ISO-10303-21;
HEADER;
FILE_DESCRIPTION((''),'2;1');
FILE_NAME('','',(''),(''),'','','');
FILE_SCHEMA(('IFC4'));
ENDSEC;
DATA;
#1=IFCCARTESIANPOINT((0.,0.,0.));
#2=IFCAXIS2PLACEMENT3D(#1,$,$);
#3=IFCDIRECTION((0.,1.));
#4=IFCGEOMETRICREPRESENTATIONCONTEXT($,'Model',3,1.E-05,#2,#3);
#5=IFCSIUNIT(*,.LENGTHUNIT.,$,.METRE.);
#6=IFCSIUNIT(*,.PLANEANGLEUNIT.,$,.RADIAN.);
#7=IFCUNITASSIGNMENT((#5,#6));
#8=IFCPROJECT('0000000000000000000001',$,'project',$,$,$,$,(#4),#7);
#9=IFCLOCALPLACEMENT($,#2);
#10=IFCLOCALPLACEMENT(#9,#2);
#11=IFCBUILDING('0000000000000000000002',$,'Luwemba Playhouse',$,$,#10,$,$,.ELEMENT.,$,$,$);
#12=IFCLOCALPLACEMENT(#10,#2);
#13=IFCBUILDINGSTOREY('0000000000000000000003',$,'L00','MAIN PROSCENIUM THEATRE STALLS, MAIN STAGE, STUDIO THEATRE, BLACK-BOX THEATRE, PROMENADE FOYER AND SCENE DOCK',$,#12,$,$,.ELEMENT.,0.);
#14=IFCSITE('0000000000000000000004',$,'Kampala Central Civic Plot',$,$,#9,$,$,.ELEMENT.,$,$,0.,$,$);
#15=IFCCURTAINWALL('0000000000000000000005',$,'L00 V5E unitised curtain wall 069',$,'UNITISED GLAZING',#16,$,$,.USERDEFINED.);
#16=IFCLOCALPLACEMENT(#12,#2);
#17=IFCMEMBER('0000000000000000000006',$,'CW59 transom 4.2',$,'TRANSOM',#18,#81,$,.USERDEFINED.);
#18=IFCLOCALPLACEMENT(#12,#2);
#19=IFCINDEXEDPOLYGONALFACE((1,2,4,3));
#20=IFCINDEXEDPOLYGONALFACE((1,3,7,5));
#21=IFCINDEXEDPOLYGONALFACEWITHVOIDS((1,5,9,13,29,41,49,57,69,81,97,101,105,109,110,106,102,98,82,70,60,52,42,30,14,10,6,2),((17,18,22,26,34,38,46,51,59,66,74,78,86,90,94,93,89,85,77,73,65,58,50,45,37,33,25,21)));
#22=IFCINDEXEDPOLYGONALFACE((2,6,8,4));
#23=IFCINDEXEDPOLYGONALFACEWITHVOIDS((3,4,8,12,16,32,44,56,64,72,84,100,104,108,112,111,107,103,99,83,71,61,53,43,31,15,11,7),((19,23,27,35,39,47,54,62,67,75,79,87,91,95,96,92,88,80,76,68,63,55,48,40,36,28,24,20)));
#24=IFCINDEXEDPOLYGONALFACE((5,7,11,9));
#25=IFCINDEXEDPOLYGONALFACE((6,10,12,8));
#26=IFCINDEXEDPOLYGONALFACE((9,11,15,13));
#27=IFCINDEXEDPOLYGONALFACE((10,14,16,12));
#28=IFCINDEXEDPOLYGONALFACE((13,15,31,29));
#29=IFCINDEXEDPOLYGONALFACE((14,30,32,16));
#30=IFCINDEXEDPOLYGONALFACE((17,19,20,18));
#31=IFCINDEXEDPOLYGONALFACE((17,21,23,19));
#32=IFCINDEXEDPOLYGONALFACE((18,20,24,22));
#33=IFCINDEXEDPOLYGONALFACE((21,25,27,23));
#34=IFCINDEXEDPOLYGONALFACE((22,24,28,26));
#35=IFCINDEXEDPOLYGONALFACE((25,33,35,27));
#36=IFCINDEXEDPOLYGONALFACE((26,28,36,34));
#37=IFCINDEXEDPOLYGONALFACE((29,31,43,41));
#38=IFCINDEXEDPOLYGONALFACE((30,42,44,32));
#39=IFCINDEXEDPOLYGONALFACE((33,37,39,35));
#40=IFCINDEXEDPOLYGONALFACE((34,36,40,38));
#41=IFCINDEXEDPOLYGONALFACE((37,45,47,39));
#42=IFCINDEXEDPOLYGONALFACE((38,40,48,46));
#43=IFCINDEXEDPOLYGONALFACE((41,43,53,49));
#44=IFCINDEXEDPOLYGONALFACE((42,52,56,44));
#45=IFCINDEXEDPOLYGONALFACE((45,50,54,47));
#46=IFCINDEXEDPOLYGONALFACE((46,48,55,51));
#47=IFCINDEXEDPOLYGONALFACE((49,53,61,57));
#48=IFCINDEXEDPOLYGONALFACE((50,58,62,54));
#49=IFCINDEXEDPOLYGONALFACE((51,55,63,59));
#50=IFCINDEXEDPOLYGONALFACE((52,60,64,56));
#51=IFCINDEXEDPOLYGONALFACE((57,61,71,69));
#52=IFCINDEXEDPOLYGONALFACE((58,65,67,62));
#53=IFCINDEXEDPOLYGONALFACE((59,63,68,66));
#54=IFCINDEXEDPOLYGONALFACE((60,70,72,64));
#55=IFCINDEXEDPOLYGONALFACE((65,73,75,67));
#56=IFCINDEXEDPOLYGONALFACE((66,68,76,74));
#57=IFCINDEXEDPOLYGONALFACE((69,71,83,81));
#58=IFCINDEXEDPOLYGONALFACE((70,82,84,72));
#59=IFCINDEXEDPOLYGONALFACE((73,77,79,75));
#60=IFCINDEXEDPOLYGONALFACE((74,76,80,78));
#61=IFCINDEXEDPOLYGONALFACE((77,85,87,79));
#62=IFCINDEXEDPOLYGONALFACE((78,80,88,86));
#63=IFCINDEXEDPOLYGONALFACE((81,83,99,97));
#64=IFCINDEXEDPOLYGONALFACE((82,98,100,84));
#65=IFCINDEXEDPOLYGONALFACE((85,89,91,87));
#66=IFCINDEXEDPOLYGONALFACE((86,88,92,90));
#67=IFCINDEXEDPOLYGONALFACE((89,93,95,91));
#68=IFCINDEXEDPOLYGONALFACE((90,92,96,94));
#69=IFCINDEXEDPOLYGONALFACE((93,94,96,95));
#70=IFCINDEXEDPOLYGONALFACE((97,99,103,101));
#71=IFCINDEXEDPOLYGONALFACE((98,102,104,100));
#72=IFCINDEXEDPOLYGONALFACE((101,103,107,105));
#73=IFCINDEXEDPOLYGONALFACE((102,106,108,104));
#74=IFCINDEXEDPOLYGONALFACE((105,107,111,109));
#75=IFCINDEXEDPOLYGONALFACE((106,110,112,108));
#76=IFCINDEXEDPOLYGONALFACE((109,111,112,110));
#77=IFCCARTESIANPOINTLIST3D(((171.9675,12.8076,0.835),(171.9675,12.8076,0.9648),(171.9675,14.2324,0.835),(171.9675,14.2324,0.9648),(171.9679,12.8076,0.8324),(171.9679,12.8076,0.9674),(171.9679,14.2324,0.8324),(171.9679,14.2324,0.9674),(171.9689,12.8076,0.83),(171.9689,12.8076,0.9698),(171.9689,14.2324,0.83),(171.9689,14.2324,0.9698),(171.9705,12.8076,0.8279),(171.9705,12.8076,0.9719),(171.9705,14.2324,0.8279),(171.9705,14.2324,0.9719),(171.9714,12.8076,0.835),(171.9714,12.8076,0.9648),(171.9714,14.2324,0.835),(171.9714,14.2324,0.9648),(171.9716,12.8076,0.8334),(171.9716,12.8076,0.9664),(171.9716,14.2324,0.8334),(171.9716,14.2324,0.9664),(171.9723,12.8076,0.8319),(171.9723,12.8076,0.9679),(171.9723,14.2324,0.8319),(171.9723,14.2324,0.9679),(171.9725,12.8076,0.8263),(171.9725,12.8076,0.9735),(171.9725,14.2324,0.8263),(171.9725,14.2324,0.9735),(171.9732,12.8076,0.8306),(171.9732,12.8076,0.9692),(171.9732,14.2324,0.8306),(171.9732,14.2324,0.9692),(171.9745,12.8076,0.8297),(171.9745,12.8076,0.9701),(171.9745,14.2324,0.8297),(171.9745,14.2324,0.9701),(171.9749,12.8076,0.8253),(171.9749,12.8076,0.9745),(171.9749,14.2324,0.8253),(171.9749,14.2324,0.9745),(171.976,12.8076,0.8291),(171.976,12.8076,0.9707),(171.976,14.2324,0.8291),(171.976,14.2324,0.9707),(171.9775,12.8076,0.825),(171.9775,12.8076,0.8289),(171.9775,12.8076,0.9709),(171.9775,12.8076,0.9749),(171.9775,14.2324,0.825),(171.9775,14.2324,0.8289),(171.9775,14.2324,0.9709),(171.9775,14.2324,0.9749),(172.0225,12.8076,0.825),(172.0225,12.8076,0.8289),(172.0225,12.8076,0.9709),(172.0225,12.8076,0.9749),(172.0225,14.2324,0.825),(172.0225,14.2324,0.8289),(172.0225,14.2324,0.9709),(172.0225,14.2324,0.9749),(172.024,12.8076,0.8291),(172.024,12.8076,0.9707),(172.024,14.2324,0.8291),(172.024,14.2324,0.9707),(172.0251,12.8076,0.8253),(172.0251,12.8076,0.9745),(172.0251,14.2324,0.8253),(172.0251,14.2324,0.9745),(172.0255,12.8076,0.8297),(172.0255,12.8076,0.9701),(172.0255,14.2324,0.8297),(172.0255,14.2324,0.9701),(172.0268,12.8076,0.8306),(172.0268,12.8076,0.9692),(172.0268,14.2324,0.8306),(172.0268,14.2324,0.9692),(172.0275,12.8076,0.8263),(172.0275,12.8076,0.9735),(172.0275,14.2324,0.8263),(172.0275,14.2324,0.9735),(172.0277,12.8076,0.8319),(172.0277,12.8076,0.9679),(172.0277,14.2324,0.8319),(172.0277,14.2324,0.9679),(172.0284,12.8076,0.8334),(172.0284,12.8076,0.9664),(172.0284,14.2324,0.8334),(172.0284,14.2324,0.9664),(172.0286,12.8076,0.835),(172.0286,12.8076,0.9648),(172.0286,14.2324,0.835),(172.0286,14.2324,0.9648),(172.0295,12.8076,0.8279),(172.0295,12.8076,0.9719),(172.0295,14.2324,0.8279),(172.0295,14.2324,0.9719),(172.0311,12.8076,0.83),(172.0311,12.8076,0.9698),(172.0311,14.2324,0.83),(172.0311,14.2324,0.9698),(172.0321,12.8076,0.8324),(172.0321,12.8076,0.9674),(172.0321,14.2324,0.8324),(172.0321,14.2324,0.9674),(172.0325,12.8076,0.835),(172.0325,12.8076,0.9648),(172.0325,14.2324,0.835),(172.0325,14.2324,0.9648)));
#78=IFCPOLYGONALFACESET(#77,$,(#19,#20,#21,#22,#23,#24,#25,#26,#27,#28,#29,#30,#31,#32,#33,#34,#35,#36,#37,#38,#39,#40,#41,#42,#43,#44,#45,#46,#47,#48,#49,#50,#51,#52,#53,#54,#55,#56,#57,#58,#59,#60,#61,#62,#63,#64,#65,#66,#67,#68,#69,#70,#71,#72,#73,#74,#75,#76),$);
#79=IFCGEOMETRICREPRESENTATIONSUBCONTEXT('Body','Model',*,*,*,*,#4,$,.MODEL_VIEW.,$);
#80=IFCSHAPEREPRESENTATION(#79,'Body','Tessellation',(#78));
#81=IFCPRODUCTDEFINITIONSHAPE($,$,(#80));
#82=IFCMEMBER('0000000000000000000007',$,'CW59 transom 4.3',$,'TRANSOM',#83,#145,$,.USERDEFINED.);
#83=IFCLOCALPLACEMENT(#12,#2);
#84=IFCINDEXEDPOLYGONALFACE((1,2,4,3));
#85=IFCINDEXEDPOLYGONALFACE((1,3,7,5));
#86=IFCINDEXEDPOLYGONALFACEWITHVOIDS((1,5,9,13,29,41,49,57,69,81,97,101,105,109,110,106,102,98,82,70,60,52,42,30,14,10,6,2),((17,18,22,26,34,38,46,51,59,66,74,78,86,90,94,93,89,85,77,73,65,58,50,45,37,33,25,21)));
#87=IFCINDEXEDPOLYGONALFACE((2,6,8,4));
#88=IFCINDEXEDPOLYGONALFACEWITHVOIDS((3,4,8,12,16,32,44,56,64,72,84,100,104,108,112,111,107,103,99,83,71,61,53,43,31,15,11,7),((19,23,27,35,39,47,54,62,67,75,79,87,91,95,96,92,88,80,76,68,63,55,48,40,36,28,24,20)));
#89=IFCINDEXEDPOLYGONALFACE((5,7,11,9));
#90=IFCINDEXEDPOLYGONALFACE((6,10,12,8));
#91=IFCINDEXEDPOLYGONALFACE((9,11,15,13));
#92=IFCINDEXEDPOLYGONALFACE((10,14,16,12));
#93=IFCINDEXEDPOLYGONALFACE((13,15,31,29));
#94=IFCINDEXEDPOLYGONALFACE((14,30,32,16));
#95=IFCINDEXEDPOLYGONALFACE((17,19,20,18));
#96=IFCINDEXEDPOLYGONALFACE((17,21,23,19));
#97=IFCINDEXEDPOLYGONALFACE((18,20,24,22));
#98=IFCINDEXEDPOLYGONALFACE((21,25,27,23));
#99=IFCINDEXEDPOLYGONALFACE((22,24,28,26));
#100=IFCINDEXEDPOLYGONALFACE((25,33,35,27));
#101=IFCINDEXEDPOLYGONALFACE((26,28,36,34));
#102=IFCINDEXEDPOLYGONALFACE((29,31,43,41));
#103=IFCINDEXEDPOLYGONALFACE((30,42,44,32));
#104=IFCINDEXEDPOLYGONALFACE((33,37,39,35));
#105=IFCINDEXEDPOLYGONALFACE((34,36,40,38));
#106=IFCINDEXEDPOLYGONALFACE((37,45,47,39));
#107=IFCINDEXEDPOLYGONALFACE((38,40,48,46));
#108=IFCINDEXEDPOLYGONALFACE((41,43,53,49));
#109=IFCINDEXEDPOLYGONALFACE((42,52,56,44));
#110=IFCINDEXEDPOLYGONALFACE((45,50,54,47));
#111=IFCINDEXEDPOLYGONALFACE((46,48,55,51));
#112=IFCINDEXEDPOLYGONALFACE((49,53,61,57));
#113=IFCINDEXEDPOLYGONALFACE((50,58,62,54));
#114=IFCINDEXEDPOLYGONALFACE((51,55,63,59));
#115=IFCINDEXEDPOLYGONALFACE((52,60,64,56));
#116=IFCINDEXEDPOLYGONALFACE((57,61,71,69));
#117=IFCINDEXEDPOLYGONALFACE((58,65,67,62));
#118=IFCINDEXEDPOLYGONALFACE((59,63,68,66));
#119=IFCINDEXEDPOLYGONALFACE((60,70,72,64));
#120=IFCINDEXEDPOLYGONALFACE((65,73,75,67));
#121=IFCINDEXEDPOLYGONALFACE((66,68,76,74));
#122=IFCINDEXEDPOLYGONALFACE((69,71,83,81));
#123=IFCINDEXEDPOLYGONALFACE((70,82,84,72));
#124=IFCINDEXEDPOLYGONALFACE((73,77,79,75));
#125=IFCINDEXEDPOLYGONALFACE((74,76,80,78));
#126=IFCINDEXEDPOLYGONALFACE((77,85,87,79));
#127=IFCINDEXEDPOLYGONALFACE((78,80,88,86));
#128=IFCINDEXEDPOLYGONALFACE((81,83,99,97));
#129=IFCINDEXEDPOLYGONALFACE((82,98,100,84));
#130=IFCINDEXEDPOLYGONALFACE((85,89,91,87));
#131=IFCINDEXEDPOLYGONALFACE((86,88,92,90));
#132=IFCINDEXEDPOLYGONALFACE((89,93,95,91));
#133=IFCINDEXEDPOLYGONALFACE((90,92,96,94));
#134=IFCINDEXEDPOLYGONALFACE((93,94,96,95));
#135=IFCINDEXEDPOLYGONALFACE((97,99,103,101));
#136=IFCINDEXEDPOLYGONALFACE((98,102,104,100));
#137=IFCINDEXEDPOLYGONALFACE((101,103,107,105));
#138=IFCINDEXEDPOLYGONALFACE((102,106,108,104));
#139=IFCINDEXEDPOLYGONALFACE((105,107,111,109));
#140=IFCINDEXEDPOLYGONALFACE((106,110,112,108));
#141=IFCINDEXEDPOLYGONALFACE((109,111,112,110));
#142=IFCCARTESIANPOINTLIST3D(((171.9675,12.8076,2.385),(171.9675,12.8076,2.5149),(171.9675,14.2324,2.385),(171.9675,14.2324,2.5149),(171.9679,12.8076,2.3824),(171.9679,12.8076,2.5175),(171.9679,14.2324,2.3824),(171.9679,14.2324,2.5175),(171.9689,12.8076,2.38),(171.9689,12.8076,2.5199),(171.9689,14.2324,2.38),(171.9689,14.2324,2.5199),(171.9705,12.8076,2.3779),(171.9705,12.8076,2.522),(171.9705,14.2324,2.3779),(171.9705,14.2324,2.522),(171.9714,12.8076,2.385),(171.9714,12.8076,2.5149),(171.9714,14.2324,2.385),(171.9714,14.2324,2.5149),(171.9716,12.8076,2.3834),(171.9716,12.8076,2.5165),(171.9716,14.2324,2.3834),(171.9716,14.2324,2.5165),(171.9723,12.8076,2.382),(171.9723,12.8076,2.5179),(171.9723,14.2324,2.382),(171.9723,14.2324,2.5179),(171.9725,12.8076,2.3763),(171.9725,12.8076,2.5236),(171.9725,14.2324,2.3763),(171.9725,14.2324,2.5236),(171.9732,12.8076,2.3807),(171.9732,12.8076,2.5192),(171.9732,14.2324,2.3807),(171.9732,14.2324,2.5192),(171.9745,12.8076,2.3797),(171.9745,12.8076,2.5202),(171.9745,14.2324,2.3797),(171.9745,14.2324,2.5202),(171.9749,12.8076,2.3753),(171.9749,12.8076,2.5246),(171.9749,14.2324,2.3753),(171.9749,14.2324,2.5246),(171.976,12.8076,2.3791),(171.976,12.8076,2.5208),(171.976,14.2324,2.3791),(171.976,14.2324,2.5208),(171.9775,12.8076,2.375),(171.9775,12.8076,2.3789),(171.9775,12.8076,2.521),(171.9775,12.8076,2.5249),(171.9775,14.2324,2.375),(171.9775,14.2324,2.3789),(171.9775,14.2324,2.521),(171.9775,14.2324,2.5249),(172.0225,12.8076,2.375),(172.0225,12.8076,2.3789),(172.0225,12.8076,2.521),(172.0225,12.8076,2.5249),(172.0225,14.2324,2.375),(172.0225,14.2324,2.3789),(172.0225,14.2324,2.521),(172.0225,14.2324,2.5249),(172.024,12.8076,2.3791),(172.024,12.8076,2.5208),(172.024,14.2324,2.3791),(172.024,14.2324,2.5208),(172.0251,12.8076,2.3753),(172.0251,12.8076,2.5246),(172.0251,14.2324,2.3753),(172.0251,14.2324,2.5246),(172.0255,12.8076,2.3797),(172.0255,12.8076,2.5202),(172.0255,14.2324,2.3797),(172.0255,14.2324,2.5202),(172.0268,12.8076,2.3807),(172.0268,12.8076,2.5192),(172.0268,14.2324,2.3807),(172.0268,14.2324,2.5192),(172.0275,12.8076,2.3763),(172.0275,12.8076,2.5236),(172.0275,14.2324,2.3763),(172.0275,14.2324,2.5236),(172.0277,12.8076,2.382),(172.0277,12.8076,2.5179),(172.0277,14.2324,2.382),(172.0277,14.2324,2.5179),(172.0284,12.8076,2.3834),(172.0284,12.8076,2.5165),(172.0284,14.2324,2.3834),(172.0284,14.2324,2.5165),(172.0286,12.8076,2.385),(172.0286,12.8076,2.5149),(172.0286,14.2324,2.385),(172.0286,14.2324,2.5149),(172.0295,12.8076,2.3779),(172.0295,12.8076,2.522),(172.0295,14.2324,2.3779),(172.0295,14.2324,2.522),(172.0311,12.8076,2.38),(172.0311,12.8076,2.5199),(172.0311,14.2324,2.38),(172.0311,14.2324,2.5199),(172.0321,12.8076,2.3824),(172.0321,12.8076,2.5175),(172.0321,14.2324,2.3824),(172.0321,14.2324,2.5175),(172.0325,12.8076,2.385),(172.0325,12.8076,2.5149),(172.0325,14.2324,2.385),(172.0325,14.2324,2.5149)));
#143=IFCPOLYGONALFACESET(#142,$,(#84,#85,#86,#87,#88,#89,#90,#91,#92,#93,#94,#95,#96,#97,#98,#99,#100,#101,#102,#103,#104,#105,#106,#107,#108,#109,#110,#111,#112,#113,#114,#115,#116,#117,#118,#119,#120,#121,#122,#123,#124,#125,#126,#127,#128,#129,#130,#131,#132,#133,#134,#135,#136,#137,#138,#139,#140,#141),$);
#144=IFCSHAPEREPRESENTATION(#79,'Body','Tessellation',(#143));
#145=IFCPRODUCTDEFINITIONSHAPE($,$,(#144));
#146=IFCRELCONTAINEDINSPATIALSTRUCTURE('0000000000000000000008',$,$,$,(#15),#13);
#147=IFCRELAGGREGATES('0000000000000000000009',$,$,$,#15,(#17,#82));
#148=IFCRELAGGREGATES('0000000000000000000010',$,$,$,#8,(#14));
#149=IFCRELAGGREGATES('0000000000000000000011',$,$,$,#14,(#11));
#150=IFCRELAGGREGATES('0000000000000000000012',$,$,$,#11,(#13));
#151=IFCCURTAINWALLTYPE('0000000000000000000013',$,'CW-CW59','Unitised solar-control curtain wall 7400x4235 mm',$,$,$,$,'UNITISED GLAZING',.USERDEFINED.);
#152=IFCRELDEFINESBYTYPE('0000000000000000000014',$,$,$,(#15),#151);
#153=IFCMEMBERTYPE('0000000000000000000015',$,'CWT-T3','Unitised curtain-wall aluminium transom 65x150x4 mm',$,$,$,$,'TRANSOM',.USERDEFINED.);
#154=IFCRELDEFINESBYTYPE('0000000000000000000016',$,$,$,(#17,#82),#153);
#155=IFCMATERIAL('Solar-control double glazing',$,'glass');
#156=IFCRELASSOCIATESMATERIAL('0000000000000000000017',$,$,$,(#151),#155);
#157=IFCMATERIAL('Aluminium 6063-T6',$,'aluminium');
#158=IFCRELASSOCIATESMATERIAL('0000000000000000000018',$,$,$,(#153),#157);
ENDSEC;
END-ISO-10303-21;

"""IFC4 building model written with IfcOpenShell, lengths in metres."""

from ifc_helpers import new_model, si_unit, direction, frame, origin, origin_2d, place, context, subcontext, project, spatial, hollow_rectangle, extrude, material, material_profile, profile_set, type_object, element, aggregate, save


model = new_model("IFC4")

# Units and contexts
model_context = context("Model", 3, precision=1e-05, world=origin(), true_north=direction((0.0, 1.0)))
body_context = subcontext(model_context, "Body", "Model", "MODEL_VIEW")
ifc_project = project(units=[si_unit("LENGTHUNIT", "METRE"), si_unit("PLANEANGLEUNIT", "RADIAN")], contexts=[model_context])

# Site, building, storey
site_placement = place(None, origin())
site = spatial("IfcSite", under=ifc_project, at=site_placement, Name="Kampala Central Civic Plot", CompositionType="ELEMENT", RefElevation=0.0)
building_placement = place(site_placement, origin())
building = spatial("IfcBuilding", under=site, at=building_placement, Name="Luwemba Playhouse", CompositionType="ELEMENT")
storey_placement = place(building_placement, origin())
storey = spatial("IfcBuildingStorey", under=building, at=storey_placement, Name="L00", Description="MAIN PROSCENIUM THEATRE STALLS, MAIN STAGE, STUDIO THEATRE, BLACK-BOX THEATRE, PROMENADE FOYER AND SCENE DOCK", CompositionType="ELEMENT", Elevation=0.0)

# Curtain wall, members
ifc_material_1 = material(Name="Solar-control double glazing", Category="glass")
curtain_wall_type = type_object("IfcCurtainWallType", Name="CW-CW59", Description="Unitised solar-control curtain wall 7400x4235 mm", ElementType="UNITISED GLAZING", PredefinedType="USERDEFINED", material=ifc_material_1)
curtain_wall_placement = place(storey_placement, origin())
curtain_wall = element("IfcCurtainWall", 1, at=curtain_wall_placement, inside=storey, type_object=curtain_wall_type, Name="L00 V5E unitised curtain wall 069", ObjectType="UNITISED GLAZING", PredefinedType="USERDEFINED")
ifc_material_2 = material(Name="Aluminium 6063-T6", Category="aluminium")
ifc_material_profile_1 = material_profile(ifc_material_2, hollow_rectangle(XDim=0.0649, YDim=0.1499, WallThickness=0.0039, InnerFilletRadius=0.0061, OuterFilletRadius=0.01, at=origin_2d()))
ifc_profile_set_1 = profile_set([ifc_material_profile_1], Name="Aluminium 6063-T6")
member_type_1 = type_object("IfcMemberType", Name="CWT-T3", Description="Unitised curtain-wall aluminium transom 65x150x4 mm", ElementType="TRANSOM", PredefinedType="USERDEFINED", material=ifc_profile_set_1)
member_1_placement = place(storey_placement, frame((172.0, 14.2324, 0.8999), z_axis=(0.0, -1.0, 0.0), x_axis=(1.0, 0.0, 0.0)))
member_1 = element("IfcMember", 2, at=member_1_placement, type_object=member_type_1, Name="CW59 transom 4.2", ObjectType="TRANSOM", PredefinedType="USERDEFINED", context=body_context, shape_type="SweptSolid", body=[
    extrude(hollow_rectangle(XDim=0.0649, YDim=0.1499, WallThickness=0.0039, InnerFilletRadius=0.0061, OuterFilletRadius=0.01, at=origin_2d()), origin(), (0.0, 0.0, 1.0), 1.4248),
])
member_2_placement = place(storey_placement, frame((172.0, 14.2324, 2.45), z_axis=(0.0, -1.0, 0.0), x_axis=(1.0, 0.0, 0.0)))
member_2 = element("IfcMember", 3, at=member_2_placement, type_object=member_type_1, Name="CW59 transom 4.3", ObjectType="TRANSOM", PredefinedType="USERDEFINED", context=body_context, shape_type="SweptSolid", body=[
    extrude(hollow_rectangle(XDim=0.0649, YDim=0.1499, WallThickness=0.0039, InnerFilletRadius=0.0061, OuterFilletRadius=0.01, at=origin_2d()), origin(), (0.0, 0.0, 1.0), 1.4248),
])
aggregate(curtain_wall, [member_1, member_2])

save(model, "model.ifc")
